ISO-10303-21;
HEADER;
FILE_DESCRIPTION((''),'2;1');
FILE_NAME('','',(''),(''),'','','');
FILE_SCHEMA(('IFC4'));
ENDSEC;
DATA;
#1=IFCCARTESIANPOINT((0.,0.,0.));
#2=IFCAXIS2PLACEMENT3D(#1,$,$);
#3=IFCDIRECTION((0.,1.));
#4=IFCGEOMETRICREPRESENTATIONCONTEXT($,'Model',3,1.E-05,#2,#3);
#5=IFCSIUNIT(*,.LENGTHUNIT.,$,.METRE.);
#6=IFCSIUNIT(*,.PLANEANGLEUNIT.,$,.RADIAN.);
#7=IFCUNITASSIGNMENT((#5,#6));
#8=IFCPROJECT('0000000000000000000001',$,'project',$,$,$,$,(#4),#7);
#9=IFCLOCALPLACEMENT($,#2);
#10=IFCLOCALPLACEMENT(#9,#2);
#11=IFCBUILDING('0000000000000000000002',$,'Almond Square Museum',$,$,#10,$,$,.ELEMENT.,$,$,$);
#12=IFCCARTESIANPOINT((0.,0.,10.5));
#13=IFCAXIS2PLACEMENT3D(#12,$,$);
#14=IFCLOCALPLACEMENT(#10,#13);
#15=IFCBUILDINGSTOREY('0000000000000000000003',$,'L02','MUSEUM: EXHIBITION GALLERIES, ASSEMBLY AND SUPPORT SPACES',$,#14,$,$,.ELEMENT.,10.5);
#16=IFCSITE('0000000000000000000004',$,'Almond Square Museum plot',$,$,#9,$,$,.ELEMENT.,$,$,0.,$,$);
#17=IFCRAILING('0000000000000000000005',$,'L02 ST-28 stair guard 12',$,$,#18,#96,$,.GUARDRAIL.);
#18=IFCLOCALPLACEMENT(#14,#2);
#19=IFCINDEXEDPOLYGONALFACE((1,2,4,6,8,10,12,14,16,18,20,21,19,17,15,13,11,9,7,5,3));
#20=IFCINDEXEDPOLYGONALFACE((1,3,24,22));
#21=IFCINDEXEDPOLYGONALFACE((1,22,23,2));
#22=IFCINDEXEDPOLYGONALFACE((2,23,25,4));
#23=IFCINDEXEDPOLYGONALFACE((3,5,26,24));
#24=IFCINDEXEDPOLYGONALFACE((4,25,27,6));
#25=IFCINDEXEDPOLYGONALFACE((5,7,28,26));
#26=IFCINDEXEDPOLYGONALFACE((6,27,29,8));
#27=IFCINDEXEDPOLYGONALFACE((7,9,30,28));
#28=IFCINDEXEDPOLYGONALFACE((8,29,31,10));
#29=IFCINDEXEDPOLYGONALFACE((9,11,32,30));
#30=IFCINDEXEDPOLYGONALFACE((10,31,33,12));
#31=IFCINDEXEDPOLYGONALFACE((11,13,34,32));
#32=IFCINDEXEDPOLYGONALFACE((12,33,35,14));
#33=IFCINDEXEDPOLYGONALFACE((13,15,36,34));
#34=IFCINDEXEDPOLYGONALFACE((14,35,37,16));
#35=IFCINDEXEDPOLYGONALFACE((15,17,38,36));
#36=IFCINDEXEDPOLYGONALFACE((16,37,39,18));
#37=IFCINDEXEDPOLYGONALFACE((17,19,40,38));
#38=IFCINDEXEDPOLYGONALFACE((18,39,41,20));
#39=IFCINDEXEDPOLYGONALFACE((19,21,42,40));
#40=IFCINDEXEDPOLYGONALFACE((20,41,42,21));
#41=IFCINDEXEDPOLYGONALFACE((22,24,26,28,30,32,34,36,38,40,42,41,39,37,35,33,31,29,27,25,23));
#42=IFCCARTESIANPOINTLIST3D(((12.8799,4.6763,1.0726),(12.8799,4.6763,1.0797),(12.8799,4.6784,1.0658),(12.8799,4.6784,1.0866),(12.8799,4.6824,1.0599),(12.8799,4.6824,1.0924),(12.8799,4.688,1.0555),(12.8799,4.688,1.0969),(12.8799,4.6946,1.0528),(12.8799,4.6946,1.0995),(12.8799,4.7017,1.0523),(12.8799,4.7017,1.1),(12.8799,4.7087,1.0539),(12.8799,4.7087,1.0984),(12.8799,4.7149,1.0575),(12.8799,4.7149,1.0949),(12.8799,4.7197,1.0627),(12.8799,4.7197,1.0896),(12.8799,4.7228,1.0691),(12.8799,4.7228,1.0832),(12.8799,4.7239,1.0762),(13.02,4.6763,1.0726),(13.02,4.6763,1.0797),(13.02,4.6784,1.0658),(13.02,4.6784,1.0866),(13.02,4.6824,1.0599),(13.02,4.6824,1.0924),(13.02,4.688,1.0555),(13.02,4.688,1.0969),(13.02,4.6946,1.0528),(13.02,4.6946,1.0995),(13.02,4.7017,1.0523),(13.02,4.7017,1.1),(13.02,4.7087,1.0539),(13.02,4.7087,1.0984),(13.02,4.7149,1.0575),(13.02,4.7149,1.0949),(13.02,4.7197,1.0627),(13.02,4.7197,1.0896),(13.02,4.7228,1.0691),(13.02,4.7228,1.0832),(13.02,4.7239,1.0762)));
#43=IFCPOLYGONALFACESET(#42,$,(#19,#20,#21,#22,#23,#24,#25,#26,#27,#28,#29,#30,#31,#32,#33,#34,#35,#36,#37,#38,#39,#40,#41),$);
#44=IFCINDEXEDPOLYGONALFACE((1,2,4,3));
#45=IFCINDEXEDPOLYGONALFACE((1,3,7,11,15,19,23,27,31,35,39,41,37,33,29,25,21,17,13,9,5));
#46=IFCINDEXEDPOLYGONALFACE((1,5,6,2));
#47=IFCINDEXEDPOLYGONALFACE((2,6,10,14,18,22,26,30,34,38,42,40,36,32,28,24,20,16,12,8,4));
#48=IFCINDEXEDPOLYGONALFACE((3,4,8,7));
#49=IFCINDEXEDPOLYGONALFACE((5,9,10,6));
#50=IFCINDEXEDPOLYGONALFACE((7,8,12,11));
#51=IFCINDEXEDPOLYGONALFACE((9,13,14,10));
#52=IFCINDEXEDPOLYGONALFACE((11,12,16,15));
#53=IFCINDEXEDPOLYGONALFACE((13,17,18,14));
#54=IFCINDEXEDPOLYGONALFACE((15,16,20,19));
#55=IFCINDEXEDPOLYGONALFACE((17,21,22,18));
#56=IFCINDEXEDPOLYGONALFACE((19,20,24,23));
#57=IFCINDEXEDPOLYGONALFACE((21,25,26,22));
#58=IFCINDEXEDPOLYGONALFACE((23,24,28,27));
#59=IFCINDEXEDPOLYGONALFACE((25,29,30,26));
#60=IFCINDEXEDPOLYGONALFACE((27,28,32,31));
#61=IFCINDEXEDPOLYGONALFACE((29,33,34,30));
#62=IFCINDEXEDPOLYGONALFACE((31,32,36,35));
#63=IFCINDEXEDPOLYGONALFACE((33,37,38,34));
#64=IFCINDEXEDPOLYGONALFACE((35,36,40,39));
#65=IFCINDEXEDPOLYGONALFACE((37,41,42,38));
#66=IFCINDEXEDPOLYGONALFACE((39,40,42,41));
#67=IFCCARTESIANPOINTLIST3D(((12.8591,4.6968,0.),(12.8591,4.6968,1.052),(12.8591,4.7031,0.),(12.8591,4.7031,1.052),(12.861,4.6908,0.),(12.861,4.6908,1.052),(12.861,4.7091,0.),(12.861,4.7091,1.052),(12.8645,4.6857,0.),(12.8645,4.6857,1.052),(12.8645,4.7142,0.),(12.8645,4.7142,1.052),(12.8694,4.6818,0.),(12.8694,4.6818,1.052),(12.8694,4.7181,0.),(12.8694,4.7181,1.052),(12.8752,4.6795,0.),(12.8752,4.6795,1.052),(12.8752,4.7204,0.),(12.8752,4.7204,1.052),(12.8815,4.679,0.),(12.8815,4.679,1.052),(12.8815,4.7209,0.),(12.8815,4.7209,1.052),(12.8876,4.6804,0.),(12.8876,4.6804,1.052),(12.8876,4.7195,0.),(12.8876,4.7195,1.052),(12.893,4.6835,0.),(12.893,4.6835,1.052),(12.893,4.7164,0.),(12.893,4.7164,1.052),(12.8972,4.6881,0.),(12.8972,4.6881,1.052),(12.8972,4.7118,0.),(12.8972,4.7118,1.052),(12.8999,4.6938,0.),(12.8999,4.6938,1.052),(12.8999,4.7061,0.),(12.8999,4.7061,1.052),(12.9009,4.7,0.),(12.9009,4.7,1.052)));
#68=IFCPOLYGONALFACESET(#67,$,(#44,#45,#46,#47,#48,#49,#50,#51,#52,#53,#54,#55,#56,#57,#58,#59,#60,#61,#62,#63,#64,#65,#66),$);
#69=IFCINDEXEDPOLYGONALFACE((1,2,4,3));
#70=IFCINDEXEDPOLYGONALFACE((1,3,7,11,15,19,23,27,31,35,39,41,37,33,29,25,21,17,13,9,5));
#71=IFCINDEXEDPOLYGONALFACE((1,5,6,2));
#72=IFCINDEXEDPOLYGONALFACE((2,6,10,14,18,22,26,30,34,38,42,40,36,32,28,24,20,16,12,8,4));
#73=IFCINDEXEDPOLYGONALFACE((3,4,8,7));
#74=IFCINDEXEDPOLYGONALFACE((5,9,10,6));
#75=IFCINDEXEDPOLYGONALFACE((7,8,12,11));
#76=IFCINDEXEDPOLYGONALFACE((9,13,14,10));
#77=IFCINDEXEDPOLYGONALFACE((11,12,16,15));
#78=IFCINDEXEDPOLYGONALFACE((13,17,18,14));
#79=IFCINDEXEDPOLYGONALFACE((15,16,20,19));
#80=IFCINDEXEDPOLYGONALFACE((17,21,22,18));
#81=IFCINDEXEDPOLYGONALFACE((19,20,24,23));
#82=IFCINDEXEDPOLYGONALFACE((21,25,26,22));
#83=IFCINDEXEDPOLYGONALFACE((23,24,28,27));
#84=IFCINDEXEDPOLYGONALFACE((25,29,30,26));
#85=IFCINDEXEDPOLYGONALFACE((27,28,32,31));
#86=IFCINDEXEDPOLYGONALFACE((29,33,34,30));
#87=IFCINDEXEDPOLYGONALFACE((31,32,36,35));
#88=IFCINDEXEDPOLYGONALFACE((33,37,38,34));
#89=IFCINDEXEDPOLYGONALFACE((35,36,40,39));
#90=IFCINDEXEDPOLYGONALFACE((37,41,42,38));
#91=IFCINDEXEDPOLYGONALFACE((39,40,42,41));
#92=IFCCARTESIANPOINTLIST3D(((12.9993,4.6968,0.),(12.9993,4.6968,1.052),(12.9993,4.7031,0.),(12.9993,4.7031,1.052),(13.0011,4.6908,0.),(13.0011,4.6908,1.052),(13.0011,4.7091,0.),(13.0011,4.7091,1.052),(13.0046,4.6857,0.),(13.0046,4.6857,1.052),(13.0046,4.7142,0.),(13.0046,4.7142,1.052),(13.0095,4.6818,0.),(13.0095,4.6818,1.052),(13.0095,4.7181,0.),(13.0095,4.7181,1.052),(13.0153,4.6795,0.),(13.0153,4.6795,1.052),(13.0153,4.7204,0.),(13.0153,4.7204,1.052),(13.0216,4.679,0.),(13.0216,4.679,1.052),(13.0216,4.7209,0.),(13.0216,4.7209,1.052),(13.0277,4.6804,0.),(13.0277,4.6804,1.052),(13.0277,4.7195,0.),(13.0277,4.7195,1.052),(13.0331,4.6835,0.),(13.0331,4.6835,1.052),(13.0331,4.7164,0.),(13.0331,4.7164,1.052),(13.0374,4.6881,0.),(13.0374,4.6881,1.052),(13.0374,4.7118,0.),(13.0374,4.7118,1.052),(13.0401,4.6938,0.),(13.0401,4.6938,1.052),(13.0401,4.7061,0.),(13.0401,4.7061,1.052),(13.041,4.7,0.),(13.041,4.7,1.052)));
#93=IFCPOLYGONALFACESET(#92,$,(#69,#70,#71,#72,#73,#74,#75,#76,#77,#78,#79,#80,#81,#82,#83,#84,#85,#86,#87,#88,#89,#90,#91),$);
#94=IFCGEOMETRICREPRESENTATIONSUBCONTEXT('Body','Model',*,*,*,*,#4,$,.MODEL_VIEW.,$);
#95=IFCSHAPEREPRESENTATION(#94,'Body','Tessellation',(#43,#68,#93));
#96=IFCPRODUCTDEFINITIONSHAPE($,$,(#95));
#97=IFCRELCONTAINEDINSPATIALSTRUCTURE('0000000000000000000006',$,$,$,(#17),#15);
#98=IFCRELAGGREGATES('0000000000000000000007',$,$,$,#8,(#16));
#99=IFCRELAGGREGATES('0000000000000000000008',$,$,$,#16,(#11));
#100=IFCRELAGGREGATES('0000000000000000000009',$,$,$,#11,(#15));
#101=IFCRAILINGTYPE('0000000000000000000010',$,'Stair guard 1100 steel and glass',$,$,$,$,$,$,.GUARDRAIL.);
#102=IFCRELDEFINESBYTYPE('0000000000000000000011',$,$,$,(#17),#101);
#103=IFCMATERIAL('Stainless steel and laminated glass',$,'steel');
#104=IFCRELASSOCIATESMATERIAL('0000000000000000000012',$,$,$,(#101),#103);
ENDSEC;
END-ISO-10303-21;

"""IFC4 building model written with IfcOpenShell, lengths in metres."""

from ifc_helpers import new_model, si_unit, direction, frame, origin, origin_2d, place, context, subcontext, project, spatial, circle, extrude, material, type_object, element, save


model = new_model("IFC4")

# Units and contexts
model_context = context("Model", 3, precision=1e-05, world=origin(), true_north=direction((0.0, 1.0)))
body_context = subcontext(model_context, "Body", "Model", "MODEL_VIEW")
ifc_project = project(units=[si_unit("LENGTHUNIT", "METRE"), si_unit("PLANEANGLEUNIT", "RADIAN")], contexts=[model_context])

# Site, building, storey
site_placement = place(None, origin())
site = spatial("IfcSite", under=ifc_project, at=site_placement, Name="Almond Square Museum plot", CompositionType="ELEMENT", RefElevation=0.0)
building_placement = place(site_placement, origin())
building = spatial("IfcBuilding", under=site, at=building_placement, Name="Almond Square Museum", CompositionType="ELEMENT")
storey_placement = place(building_placement, frame((0.0, 0.0, 10.5)))
storey = spatial("IfcBuildingStorey", under=building, at=storey_placement, Name="L02", Description="MUSEUM: EXHIBITION GALLERIES, ASSEMBLY AND SUPPORT SPACES", CompositionType="ELEMENT", Elevation=10.5)

# Railing
ifc_material_1 = material(Name="Stainless steel and laminated glass", Category="steel")
railing_type_1 = type_object("IfcRailingType", Name="Stair guard 1100 steel and glass", PredefinedType="GUARDRAIL", material=ifc_material_1)
railing_1_placement = place(storey_placement, frame((12.8799, 4.7, 0.0)))
element("IfcRailing", 1, at=railing_1_placement, inside=storey, type_object=railing_type_1, Name="L02 ST-28 stair guard 12", PredefinedType="GUARDRAIL", context=body_context, shape_type="SweptSolid", body=[
    extrude(circle(Radius=0.0239, at=origin_2d()), frame((0.0, 0.0, 1.0762), z_axis=(1.0, 0.0, 0.0), x_axis=(0.0, 1.0, 0.0)), (0.0, 0.0, 1.0), 0.1401),
    extrude(circle(Radius=0.021, at=origin_2d()), origin(), (0.0, 0.0, 1.0), 1.052),
    extrude(circle(Radius=0.021, at=origin_2d()), frame((0.1401, 0.0, 0.0)), (0.0, 0.0, 1.0), 1.052),
])

save(model, "model.ifc")
